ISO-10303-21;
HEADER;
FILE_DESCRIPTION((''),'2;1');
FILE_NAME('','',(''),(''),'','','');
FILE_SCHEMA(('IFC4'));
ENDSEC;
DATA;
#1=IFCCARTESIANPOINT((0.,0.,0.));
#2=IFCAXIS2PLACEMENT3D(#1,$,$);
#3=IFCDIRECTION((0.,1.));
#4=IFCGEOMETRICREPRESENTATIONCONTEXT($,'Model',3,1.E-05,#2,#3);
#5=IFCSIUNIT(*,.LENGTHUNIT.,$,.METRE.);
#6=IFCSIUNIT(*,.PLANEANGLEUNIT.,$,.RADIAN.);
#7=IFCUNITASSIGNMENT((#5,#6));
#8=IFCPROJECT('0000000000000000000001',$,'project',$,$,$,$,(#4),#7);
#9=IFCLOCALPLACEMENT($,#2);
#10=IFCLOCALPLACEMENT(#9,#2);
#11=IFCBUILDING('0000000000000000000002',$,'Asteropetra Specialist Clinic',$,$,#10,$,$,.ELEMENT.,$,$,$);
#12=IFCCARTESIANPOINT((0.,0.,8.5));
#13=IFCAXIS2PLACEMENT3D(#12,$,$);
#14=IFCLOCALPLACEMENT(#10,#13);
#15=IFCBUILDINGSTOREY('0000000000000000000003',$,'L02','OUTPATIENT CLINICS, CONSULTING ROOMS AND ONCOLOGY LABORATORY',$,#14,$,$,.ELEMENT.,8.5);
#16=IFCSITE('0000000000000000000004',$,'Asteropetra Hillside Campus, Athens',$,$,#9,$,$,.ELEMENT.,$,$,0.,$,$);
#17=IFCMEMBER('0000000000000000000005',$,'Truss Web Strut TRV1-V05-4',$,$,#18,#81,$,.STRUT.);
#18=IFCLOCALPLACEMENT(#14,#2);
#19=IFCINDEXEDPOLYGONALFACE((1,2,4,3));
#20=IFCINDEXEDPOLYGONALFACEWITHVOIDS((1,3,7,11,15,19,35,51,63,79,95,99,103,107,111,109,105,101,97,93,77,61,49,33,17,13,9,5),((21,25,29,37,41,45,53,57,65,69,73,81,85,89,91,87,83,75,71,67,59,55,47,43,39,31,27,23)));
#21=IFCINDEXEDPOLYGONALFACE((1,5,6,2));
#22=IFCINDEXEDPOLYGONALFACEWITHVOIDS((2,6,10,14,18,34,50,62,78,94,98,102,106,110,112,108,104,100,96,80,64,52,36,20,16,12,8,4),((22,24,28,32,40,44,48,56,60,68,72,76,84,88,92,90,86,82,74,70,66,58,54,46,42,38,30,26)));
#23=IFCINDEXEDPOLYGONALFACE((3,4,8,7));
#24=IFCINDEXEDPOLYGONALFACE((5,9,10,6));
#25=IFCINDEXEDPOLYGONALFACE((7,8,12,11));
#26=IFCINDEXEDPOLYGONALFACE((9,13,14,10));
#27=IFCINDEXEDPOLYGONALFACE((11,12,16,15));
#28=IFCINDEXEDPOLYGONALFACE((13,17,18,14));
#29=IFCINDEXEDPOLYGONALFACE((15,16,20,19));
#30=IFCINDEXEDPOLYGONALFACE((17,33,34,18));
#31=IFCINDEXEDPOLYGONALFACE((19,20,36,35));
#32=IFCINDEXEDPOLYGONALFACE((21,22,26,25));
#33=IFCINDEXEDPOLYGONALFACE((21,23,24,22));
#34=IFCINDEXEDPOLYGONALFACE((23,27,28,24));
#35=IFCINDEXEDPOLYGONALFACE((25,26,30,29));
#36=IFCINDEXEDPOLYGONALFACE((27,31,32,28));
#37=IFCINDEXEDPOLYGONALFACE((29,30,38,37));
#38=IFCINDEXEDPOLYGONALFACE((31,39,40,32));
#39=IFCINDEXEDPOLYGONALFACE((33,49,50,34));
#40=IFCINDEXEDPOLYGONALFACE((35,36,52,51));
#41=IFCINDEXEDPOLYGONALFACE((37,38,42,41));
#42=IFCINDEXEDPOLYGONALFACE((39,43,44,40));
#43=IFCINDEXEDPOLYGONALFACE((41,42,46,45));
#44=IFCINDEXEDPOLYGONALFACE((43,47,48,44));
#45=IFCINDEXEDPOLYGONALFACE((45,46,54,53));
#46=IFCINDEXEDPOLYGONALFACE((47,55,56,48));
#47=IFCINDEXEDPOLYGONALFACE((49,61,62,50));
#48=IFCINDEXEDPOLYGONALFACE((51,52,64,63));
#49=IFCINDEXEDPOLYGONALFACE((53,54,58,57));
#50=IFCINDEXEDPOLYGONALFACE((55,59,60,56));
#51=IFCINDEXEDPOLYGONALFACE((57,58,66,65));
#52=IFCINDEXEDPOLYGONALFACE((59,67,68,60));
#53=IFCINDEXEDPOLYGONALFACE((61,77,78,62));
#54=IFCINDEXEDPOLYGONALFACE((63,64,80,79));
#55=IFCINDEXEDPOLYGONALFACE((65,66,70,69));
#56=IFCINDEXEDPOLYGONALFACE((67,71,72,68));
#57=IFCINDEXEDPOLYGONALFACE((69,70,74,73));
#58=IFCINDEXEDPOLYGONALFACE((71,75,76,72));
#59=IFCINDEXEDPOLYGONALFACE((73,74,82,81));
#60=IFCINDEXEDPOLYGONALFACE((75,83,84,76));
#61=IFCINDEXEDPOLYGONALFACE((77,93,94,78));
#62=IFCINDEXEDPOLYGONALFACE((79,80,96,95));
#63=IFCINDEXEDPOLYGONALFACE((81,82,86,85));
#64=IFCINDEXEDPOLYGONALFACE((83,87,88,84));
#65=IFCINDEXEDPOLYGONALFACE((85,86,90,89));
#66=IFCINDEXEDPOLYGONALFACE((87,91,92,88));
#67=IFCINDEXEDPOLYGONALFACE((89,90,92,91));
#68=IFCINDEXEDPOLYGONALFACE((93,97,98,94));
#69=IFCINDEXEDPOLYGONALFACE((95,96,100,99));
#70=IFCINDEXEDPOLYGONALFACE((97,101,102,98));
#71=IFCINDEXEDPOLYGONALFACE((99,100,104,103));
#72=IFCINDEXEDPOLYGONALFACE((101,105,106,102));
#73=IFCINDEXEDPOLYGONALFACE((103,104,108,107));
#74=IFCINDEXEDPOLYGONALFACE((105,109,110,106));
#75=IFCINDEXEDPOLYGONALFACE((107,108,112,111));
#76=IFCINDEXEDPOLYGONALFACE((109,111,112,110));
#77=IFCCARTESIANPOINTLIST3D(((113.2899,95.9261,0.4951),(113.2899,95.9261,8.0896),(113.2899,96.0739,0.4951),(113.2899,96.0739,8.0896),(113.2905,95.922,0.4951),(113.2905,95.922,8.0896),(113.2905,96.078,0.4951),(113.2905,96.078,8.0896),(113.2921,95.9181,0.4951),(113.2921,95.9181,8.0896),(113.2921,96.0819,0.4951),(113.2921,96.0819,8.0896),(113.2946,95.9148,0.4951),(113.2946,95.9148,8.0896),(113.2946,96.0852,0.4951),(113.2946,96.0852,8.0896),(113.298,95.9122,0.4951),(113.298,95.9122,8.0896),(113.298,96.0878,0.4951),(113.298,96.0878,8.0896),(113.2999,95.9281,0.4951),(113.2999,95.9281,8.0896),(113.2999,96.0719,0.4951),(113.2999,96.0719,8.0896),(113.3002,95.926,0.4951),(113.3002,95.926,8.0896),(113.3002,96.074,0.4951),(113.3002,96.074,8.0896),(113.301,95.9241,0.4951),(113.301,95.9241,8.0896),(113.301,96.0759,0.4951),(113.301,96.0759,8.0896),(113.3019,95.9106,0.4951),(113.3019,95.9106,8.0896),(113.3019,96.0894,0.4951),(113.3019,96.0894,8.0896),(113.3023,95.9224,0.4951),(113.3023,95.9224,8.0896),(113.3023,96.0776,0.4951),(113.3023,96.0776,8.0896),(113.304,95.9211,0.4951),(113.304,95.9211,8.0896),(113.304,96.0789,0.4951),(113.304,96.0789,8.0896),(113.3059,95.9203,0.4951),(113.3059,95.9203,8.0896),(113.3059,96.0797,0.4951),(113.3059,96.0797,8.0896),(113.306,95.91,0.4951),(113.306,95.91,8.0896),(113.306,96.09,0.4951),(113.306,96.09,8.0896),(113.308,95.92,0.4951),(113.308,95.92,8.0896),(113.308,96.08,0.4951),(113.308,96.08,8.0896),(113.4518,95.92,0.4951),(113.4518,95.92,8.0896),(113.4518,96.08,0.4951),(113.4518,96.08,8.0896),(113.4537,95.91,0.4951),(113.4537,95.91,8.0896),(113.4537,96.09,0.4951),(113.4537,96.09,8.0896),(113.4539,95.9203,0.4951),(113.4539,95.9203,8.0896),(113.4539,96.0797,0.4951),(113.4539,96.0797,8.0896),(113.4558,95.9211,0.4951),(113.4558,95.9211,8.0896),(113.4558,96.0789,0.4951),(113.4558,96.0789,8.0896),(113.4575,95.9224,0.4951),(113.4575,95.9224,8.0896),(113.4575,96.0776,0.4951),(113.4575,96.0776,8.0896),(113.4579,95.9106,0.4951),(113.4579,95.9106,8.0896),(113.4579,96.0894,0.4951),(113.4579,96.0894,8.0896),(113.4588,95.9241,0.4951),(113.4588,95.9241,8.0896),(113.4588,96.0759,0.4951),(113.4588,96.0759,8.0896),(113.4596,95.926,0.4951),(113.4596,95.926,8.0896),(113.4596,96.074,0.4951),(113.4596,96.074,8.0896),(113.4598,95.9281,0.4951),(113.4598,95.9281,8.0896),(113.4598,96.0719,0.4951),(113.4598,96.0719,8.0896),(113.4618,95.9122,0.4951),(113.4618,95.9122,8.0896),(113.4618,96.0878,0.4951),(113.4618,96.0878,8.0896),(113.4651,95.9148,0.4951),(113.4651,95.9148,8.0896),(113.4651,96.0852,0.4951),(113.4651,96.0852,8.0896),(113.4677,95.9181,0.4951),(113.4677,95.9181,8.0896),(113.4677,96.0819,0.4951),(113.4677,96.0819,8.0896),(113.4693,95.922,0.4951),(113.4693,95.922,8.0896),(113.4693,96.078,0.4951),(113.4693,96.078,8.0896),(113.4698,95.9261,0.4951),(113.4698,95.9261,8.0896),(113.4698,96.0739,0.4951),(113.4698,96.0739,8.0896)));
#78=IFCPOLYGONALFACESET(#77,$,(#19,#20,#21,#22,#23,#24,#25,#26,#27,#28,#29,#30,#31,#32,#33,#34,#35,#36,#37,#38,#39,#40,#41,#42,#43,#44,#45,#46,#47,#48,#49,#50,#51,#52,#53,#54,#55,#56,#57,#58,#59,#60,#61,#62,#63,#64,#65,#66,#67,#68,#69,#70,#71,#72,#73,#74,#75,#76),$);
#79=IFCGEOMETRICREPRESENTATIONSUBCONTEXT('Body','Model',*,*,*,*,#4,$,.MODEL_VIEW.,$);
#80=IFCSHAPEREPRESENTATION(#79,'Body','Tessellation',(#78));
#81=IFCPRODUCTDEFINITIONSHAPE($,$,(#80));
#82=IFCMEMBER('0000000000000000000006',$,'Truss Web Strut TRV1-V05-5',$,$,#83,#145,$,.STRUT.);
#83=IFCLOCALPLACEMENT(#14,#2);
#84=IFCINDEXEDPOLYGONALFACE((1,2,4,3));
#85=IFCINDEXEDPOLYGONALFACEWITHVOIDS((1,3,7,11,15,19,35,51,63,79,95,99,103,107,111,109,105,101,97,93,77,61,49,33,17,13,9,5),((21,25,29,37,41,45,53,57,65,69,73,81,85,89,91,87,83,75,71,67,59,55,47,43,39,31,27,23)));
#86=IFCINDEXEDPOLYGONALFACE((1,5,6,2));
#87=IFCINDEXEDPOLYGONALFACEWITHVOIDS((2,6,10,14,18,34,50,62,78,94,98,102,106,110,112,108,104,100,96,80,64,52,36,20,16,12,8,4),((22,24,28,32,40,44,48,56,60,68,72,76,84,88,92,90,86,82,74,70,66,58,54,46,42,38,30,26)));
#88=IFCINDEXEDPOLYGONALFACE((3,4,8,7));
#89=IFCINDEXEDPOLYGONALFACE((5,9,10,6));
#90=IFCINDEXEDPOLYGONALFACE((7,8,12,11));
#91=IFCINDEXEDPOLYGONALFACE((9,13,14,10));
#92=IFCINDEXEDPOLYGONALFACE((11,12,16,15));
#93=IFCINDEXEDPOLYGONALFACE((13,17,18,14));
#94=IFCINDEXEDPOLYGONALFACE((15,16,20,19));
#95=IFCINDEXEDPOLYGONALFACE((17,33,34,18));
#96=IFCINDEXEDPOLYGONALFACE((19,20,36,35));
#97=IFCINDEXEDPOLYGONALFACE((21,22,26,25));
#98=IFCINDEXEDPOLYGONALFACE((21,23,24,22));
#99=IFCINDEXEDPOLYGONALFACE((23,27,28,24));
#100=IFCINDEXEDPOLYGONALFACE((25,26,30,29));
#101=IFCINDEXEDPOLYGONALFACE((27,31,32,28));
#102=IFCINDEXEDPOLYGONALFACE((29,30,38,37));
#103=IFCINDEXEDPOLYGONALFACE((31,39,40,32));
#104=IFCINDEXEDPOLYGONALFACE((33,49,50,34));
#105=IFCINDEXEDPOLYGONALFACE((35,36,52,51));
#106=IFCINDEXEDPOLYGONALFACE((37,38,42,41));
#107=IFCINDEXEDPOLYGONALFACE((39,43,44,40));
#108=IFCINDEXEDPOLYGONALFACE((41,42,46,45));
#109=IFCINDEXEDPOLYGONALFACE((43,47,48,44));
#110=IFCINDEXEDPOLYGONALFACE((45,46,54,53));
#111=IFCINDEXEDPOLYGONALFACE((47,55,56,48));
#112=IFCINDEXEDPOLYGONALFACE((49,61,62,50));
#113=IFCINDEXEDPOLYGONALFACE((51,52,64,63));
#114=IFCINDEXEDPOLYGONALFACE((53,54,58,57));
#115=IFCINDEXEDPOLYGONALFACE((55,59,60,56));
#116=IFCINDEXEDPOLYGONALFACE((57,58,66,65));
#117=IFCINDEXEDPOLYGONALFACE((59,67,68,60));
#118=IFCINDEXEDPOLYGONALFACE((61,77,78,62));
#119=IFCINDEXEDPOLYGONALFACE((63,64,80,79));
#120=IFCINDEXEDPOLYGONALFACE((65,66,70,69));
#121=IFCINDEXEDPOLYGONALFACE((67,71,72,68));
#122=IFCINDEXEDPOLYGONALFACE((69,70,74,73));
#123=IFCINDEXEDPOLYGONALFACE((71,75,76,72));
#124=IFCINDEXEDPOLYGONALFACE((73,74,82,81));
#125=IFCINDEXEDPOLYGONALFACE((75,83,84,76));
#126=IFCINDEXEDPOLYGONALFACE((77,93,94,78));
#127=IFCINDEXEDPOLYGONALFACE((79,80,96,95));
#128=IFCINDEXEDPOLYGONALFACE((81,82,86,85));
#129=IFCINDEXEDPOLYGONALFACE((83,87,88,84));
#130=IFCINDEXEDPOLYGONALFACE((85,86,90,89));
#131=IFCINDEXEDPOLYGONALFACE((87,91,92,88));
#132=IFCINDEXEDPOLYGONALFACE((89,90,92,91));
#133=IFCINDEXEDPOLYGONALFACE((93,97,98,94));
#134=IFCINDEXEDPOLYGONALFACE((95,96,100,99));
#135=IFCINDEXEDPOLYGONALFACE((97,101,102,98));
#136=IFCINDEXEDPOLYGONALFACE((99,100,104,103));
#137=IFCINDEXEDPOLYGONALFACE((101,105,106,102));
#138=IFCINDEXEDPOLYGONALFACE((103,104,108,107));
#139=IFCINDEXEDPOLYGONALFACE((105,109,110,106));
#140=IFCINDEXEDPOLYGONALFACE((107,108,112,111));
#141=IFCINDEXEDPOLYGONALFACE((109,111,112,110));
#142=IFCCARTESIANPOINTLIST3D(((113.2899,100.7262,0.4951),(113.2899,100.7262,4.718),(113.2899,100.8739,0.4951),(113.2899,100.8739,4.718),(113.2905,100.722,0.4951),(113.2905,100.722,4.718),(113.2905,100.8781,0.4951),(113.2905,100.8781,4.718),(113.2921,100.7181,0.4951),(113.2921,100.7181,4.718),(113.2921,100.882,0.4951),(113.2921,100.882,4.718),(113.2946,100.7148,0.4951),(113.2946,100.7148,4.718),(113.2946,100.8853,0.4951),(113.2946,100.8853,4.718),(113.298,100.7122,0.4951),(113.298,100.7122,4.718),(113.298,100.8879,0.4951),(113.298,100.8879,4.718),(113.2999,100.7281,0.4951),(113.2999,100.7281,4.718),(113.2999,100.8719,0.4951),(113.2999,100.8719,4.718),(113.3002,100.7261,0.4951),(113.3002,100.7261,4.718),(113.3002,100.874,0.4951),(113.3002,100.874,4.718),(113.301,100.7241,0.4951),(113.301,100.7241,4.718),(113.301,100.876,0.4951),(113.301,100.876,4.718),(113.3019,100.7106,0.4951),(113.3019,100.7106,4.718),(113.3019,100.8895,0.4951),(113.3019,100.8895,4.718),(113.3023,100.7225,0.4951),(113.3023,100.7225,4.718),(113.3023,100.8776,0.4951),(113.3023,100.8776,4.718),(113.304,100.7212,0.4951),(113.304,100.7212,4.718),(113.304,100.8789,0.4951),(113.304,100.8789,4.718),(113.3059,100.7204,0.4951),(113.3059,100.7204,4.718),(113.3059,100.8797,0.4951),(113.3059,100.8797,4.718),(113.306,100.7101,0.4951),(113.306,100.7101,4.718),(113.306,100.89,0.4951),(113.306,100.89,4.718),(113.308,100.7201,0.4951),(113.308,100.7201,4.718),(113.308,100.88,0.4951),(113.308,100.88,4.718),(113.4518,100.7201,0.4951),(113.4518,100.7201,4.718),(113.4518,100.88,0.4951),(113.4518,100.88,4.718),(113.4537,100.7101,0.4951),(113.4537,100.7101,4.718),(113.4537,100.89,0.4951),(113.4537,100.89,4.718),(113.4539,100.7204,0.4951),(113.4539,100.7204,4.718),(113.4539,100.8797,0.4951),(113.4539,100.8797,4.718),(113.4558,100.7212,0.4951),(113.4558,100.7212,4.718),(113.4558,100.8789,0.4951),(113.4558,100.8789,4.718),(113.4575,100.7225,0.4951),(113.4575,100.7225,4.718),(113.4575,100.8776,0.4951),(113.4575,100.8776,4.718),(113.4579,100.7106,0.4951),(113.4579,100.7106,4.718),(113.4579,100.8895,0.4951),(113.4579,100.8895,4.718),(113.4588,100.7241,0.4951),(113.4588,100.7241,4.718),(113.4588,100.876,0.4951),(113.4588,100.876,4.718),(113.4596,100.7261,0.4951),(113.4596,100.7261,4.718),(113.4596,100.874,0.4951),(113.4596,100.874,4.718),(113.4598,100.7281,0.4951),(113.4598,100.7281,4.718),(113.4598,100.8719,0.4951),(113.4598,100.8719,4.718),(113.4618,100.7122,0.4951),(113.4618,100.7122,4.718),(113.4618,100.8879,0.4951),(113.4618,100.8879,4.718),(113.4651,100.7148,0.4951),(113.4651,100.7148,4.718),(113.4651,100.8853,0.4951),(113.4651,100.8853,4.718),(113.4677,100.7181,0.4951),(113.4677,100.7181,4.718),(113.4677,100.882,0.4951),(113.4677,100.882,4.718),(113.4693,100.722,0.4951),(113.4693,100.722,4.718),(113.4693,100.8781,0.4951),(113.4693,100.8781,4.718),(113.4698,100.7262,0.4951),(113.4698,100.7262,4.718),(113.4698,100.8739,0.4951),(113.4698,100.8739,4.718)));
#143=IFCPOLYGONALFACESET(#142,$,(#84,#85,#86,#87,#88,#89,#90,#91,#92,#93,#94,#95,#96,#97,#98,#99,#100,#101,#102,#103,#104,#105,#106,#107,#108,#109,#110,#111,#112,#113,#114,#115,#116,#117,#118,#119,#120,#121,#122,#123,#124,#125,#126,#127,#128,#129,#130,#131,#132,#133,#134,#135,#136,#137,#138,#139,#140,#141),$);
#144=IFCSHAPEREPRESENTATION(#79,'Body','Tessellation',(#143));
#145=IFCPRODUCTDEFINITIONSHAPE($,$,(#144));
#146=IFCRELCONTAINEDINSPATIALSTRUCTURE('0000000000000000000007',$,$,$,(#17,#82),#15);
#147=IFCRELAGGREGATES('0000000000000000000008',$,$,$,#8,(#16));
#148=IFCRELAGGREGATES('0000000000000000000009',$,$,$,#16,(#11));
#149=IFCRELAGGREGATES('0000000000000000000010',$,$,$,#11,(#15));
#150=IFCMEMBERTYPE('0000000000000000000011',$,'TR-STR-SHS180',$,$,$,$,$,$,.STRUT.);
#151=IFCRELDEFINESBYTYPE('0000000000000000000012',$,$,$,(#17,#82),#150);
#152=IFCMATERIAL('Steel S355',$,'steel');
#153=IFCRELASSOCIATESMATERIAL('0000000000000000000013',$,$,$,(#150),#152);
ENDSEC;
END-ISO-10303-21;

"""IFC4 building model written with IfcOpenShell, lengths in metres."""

from ifc_helpers import new_model, si_unit, direction, frame, origin, origin_2d, place, context, subcontext, project, spatial, hollow_rectangle, extrude, material, material_profile, profile_set, type_object, element, save


model = new_model("IFC4")

# Units and contexts
model_context = context("Model", 3, precision=1e-05, world=origin(), true_north=direction((0.0, 1.0)))
body_context = subcontext(model_context, "Body", "Model", "MODEL_VIEW")
ifc_project = project(units=[si_unit("LENGTHUNIT", "METRE"), si_unit("PLANEANGLEUNIT", "RADIAN")], contexts=[model_context])

# Site, building, storey
site_placement = place(None, origin())
site = spatial("IfcSite", under=ifc_project, at=site_placement, Name="Asteropetra Hillside Campus, Athens", CompositionType="ELEMENT", RefElevation=0.0)
building_placement = place(site_placement, origin())
building = spatial("IfcBuilding", under=site, at=building_placement, Name="Asteropetra Specialist Clinic", CompositionType="ELEMENT")
storey_placement = place(building_placement, frame((0.0, 0.0, 8.5)))
storey = spatial("IfcBuildingStorey", under=building, at=storey_placement, Name="L02", Description="OUTPATIENT CLINICS, CONSULTING ROOMS AND ONCOLOGY LABORATORY", CompositionType="ELEMENT", Elevation=8.5)

# Members
ifc_material_1 = material(Name="Steel S355", Category="steel")
ifc_material_profile_1 = material_profile(ifc_material_1, hollow_rectangle(XDim=0.1799, YDim=0.1799, WallThickness=0.01, InnerFilletRadius=0.0081, OuterFilletRadius=0.0161, at=origin_2d()), Name="SHS 180x180x10.0")
ifc_profile_set_1 = profile_set([ifc_material_profile_1], Name="Steel S355")
member_type_1 = type_object("IfcMemberType", Name="TR-STR-SHS180", PredefinedType="STRUT", material=ifc_profile_set_1)
member_1_placement = place(storey_placement, frame((113.3799, 96.0, 0.4951), z_axis=(0.0, 0.0, 1.0), x_axis=(1.0, 0.0, 0.0)))
element("IfcMember", 1, at=member_1_placement, inside=storey, type_object=member_type_1, Name="Truss Web Strut TRV1-V05-4", PredefinedType="STRUT", context=body_context, shape_type="SweptSolid", body=[
    extrude(hollow_rectangle(XDim=0.1799, YDim=0.1799, WallThickness=0.01, InnerFilletRadius=0.0081, OuterFilletRadius=0.0161, at=origin_2d()), origin(), (0.0, 0.0, 1.0), 7.5945),
])
member_2_placement = place(storey_placement, frame((113.3799, 100.8, 0.4951), z_axis=(0.0, 0.0, 1.0), x_axis=(1.0, 0.0, 0.0)))
element("IfcMember", 2, at=member_2_placement, inside=storey, type_object=member_type_1, Name="Truss Web Strut TRV1-V05-5", PredefinedType="STRUT", context=body_context, shape_type="SweptSolid", body=[
    extrude(hollow_rectangle(XDim=0.1799, YDim=0.1799, WallThickness=0.01, InnerFilletRadius=0.0081, OuterFilletRadius=0.0161, at=origin_2d()), origin(), (0.0, 0.0, 1.0), 4.2229),
])

save(model, "model.ifc")
